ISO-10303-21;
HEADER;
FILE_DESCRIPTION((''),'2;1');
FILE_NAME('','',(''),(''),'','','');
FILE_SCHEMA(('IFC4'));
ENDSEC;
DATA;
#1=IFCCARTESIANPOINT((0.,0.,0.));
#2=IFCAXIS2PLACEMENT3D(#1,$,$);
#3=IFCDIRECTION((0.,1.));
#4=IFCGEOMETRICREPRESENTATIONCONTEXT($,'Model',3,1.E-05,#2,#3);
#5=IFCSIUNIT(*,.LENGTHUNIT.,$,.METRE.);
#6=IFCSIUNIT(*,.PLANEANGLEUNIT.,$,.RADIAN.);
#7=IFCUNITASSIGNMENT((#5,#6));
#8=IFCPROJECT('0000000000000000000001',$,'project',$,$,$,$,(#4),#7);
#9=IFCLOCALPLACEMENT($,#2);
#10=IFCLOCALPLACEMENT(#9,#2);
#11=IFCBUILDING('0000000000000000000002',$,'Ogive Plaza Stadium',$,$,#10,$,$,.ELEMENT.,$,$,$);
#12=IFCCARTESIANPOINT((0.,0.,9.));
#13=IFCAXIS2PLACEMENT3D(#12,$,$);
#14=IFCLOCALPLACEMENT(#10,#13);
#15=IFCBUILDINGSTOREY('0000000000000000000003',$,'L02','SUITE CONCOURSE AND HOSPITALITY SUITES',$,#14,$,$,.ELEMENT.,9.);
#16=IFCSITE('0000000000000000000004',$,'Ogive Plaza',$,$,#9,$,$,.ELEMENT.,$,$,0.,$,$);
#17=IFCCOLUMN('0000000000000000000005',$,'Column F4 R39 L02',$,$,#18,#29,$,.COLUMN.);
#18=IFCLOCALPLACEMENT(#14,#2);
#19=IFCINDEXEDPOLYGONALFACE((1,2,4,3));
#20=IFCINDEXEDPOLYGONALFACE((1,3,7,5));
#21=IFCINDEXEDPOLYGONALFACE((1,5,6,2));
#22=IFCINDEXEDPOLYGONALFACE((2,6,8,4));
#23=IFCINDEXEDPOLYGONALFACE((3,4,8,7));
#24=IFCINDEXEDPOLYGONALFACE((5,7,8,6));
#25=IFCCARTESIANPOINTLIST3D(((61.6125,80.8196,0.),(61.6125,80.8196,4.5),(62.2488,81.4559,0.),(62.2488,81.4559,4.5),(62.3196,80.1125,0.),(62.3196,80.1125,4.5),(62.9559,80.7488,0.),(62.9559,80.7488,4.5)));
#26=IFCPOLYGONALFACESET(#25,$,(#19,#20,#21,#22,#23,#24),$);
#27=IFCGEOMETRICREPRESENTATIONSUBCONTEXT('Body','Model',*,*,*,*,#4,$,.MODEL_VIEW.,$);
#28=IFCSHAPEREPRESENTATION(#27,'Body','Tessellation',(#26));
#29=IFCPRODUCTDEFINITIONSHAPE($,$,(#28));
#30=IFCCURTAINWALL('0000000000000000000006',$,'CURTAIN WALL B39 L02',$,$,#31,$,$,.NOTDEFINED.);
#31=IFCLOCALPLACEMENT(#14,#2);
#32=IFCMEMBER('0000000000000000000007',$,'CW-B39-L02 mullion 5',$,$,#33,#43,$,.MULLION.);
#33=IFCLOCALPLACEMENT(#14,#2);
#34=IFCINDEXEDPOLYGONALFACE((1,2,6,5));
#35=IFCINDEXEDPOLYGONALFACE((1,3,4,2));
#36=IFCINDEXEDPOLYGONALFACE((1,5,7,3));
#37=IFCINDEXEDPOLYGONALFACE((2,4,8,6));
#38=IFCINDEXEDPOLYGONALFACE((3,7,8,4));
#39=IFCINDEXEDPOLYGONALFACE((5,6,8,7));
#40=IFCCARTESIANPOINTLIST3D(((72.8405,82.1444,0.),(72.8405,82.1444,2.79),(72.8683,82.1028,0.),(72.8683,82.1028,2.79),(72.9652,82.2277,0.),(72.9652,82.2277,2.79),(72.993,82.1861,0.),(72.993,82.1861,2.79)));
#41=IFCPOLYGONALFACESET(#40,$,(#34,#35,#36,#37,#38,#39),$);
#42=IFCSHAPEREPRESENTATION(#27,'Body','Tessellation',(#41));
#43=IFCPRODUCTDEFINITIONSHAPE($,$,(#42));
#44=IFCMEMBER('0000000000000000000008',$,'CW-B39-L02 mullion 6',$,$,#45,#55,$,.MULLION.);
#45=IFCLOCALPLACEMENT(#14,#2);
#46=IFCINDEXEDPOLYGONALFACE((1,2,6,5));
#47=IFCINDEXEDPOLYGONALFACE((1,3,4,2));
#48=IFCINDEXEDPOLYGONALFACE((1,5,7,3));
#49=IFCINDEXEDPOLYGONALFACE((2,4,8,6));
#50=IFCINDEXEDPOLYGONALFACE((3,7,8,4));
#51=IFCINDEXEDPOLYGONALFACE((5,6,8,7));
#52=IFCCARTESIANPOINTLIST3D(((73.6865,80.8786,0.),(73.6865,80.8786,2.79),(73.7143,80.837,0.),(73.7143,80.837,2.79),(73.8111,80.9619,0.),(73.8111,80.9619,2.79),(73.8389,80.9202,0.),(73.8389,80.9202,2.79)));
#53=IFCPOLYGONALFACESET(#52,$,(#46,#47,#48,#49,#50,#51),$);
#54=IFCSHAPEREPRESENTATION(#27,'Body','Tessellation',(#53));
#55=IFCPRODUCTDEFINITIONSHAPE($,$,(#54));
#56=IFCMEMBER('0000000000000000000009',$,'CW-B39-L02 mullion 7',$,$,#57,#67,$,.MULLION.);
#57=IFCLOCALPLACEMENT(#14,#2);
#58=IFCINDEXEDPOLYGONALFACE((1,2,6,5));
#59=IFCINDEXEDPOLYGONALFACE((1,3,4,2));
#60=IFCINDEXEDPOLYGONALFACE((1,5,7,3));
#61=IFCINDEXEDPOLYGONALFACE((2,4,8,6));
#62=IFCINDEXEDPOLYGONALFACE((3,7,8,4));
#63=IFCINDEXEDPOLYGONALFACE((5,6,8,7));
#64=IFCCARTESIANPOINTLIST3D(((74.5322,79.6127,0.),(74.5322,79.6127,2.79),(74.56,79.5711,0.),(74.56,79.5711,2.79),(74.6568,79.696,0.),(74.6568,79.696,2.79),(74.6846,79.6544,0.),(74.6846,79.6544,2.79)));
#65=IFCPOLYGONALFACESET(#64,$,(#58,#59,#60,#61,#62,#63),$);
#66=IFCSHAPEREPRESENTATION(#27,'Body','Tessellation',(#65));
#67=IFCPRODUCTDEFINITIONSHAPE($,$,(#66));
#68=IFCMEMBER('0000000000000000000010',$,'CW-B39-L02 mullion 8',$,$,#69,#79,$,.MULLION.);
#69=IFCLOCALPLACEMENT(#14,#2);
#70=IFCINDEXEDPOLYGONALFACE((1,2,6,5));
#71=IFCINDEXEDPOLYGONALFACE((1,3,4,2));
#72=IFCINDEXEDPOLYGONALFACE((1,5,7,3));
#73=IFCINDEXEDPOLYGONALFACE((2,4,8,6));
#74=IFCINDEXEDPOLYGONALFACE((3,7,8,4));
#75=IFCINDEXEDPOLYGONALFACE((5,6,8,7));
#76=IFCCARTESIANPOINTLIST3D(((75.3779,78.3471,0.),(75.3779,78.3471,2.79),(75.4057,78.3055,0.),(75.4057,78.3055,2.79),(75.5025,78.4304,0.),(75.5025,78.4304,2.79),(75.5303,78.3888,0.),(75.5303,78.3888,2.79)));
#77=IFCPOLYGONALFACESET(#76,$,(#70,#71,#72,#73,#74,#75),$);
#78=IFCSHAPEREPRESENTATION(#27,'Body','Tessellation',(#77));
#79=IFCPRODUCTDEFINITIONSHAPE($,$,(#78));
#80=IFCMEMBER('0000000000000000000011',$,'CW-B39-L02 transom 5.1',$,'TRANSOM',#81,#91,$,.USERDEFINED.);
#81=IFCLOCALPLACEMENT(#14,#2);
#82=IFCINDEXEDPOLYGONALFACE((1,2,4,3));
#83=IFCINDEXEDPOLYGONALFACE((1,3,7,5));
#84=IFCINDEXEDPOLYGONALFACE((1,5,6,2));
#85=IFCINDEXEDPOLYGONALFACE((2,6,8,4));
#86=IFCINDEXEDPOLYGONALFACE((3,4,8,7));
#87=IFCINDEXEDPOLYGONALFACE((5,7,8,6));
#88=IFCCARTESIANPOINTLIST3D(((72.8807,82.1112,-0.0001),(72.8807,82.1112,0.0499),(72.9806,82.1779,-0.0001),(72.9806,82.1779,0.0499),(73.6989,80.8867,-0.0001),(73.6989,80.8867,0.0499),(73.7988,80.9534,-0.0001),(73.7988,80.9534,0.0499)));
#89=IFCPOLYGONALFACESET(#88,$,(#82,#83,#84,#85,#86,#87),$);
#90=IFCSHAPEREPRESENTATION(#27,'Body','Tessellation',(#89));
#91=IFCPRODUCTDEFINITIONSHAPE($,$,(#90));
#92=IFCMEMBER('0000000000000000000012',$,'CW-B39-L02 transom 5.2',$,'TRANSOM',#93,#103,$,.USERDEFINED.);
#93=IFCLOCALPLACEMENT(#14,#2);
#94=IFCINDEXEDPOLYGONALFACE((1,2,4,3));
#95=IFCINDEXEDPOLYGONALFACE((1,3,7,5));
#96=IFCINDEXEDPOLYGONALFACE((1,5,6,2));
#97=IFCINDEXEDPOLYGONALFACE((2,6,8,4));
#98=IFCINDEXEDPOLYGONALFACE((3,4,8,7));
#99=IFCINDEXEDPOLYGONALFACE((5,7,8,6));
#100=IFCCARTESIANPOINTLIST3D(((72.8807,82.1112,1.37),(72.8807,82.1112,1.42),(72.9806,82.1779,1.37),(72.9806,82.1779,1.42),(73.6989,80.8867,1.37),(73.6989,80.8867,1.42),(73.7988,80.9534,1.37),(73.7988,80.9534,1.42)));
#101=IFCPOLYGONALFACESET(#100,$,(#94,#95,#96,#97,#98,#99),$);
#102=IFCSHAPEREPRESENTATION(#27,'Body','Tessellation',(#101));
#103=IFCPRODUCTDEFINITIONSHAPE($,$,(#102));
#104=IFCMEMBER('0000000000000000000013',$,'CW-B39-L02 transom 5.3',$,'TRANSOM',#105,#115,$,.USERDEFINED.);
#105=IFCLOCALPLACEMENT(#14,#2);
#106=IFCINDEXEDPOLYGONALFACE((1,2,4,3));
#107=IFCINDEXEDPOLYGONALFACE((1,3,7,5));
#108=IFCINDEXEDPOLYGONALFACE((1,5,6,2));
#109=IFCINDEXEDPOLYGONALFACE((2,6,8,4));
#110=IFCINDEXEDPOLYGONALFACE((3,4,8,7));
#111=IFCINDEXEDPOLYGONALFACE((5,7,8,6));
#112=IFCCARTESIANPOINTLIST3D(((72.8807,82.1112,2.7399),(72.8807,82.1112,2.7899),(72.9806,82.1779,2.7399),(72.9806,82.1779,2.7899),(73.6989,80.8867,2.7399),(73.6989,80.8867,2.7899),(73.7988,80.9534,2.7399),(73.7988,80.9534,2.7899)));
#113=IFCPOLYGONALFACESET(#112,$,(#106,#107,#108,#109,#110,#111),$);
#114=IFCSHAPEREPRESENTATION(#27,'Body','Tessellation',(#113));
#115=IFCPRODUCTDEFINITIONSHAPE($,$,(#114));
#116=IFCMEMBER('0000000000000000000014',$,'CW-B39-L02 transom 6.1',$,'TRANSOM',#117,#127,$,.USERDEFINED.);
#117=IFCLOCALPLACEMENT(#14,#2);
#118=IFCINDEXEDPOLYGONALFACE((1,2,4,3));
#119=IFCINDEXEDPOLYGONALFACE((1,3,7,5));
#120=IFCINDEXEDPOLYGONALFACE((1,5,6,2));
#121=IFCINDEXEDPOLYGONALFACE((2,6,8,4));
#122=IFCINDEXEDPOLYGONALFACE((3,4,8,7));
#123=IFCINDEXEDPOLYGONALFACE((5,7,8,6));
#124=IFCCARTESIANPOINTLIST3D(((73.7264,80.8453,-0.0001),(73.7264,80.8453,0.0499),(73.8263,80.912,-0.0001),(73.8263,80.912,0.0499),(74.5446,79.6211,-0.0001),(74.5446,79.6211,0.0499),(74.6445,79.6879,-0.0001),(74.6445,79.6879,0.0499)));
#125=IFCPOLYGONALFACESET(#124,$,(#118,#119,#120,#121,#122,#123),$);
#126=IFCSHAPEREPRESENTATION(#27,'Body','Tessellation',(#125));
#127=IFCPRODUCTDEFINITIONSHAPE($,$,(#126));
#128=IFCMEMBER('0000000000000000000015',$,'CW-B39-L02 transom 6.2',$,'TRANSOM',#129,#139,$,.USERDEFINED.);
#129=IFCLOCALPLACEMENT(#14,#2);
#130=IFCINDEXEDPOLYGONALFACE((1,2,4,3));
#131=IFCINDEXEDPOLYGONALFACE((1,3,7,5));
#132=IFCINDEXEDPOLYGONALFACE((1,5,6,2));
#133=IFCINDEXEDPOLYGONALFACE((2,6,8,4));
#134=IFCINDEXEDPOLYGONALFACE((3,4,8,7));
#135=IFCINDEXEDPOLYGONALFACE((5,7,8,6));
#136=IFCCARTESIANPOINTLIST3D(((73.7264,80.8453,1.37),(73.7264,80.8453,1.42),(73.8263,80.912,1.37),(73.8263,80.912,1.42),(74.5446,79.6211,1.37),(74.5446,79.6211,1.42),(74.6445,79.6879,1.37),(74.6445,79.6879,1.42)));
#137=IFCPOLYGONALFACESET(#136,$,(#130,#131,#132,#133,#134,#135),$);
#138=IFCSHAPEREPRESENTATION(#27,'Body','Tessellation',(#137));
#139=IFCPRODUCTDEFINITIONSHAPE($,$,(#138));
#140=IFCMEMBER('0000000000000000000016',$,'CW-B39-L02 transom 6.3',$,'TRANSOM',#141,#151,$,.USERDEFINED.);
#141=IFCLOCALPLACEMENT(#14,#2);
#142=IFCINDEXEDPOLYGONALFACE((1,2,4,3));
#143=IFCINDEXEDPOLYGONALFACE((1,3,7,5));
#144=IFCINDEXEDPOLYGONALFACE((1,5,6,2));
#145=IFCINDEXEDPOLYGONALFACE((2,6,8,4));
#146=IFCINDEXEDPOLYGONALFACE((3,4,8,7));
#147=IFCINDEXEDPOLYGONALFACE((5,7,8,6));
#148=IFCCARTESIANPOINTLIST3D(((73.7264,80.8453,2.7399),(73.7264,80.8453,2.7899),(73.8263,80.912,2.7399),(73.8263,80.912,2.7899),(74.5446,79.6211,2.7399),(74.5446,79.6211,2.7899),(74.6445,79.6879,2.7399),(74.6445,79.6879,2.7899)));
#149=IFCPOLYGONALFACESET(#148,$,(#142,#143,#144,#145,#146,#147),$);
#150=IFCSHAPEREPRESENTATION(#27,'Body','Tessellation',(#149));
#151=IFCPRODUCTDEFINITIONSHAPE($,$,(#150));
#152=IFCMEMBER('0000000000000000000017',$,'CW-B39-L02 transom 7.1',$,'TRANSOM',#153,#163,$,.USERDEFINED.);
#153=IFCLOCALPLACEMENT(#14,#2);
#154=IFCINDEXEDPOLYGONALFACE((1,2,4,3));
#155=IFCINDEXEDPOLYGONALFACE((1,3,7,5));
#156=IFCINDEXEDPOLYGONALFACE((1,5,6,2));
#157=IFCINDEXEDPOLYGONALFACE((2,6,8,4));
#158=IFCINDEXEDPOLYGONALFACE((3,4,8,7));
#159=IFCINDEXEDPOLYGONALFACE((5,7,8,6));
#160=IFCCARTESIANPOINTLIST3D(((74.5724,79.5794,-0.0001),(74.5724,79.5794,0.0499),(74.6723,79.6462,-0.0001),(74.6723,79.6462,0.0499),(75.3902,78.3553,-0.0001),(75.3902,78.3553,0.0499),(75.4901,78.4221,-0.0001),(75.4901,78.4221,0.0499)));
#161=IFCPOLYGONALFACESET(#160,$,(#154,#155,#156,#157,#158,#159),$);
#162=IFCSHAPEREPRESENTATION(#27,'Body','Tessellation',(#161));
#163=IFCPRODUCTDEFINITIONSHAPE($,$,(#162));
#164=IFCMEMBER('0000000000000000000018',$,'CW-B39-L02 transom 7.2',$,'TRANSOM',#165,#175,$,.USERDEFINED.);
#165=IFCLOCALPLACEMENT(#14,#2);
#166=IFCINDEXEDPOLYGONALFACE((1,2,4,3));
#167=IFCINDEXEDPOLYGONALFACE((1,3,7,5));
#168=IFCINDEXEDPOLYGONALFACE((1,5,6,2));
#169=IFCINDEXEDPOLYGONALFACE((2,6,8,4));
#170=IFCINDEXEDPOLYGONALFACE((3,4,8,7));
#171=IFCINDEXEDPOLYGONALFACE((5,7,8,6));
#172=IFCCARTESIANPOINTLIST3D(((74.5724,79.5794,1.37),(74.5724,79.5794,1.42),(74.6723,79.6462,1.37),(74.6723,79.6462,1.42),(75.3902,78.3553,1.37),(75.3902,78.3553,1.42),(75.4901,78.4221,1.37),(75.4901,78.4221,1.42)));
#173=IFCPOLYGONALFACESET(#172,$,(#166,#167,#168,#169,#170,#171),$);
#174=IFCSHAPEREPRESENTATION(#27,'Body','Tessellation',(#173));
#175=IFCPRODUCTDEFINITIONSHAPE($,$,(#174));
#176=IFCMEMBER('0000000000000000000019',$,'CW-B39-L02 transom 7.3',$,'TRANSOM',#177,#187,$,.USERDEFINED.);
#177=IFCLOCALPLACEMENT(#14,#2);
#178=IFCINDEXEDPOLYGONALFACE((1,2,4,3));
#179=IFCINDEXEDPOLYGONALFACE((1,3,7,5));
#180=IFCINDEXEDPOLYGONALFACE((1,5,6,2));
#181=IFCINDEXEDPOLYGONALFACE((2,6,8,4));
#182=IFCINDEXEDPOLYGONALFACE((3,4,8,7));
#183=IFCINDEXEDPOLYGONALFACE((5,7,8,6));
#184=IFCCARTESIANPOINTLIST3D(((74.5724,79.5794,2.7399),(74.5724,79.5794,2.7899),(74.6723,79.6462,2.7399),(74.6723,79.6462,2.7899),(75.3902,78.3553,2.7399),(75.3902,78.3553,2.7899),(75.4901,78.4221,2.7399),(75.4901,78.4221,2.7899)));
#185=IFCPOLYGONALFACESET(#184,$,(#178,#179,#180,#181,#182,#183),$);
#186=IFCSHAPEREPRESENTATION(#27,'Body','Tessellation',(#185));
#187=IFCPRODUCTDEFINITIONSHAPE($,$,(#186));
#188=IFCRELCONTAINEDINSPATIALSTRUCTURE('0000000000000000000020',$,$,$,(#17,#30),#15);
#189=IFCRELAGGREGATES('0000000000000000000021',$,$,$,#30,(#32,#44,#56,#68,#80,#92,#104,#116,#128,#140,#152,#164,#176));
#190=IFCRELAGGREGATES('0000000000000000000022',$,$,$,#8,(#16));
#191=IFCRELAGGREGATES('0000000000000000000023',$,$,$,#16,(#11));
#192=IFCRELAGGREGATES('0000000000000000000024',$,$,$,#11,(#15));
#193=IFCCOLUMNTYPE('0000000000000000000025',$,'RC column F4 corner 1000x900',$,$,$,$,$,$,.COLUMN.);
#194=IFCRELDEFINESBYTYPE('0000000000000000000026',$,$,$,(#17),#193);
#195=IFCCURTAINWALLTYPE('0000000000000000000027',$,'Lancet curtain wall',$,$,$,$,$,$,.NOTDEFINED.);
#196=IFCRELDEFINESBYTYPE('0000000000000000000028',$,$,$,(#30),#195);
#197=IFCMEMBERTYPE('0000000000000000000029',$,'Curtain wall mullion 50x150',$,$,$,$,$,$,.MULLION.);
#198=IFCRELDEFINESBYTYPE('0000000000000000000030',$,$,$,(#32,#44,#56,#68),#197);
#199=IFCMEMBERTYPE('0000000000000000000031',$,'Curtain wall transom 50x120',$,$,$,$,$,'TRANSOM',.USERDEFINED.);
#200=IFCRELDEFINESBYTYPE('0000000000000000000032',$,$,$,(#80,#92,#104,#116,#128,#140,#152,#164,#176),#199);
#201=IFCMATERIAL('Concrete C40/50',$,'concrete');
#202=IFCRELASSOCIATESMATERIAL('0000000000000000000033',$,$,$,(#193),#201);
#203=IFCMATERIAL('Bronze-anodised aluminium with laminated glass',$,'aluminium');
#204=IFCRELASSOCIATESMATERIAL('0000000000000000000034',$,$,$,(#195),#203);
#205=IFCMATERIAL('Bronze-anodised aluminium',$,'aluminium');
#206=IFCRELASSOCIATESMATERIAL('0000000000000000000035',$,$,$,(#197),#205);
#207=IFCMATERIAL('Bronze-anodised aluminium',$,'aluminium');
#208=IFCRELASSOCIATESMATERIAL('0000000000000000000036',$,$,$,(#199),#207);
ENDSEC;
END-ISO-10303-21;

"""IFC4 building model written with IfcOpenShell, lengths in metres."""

from ifc_helpers import new_model, si_unit, direction, frame, origin, origin_2d, place, context, subcontext, project, spatial, rectangle, extrude, material, material_profile, profile_set, type_object, element, aggregate, save


model = new_model("IFC4")

# Units and contexts
model_context = context("Model", 3, precision=1e-05, world=origin(), true_north=direction((0.0, 1.0)))
body_context = subcontext(model_context, "Body", "Model", "MODEL_VIEW")
ifc_project = project(units=[si_unit("LENGTHUNIT", "METRE"), si_unit("PLANEANGLEUNIT", "RADIAN")], contexts=[model_context])

# Site, building, storey
site_placement = place(None, origin())
site = spatial("IfcSite", under=ifc_project, at=site_placement, Name="Ogive Plaza", CompositionType="ELEMENT", RefElevation=0.0)
building_placement = place(site_placement, origin())
building = spatial("IfcBuilding", under=site, at=building_placement, Name="Ogive Plaza Stadium", CompositionType="ELEMENT")
storey_placement = place(building_placement, frame((0.0, 0.0, 9.0)))
storey = spatial("IfcBuildingStorey", under=building, at=storey_placement, Name="L02", Description="SUITE CONCOURSE AND HOSPITALITY SUITES", CompositionType="ELEMENT", Elevation=9.0)

# Column
ifc_material_1 = material(Name="Concrete C40/50", Category="concrete")
ifc_material_profile_1 = material_profile(ifc_material_1, rectangle(XDim=1.0, YDim=0.8999, at=origin_2d()), Name="RC 1000x900")
ifc_profile_set_1 = profile_set([ifc_material_profile_1], Name="Concrete C40/50")
column_type = type_object("IfcColumnType", Name="RC column F4 corner 1000x900", PredefinedType="COLUMN", material=ifc_profile_set_1)
column_placement = place(storey_placement, frame((62.2842, 80.7842, 0.0), z_axis=(0.0, 0.0, 1.0), x_axis=(-0.707107, 0.707107, 0.0)))
element("IfcColumn", 1, at=column_placement, inside=storey, type_object=column_type, Name="Column F4 R39 L02", PredefinedType="COLUMN", context=body_context, shape_type="SweptSolid", body=[
    extrude(rectangle(XDim=1.0, YDim=0.8999, at=origin_2d()), origin(), (0.0, 0.0, 1.0), 4.5),
])

# Curtain wall, members
ifc_material_2 = material(Name="Bronze-anodised aluminium with laminated glass", Category="aluminium")
curtain_wall_type = type_object("IfcCurtainWallType", Name="Lancet curtain wall", PredefinedType="NOTDEFINED", material=ifc_material_2)
curtain_wall_placement = place(storey_placement, origin())
curtain_wall = element("IfcCurtainWall", 2, at=curtain_wall_placement, inside=storey, type_object=curtain_wall_type, Name="CURTAIN WALL B39 L02", PredefinedType="NOTDEFINED")
ifc_material_3 = material(Name="Bronze-anodised aluminium", Category="aluminium")
ifc_material_profile_2 = material_profile(ifc_material_3, rectangle(XDim=0.1499, YDim=0.05, at=origin_2d()), Name="AL 150x50")
ifc_profile_set_2 = profile_set([ifc_material_profile_2], Name="Bronze-anodised aluminium")
member_type_1 = type_object("IfcMemberType", Name="Curtain wall mullion 50x150", PredefinedType="MULLION", material=ifc_profile_set_2)
member_1_placement = place(storey_placement, frame((72.9167, 82.1653, 0.0), z_axis=(0.0, 0.0, 1.0), x_axis=(0.83147, 0.55557, 0.0)))
member_1 = element("IfcMember", 3, at=member_1_placement, type_object=member_type_1, Name="CW-B39-L02 mullion 5", PredefinedType="MULLION", context=body_context, shape_type="SweptSolid", body=[
    extrude(rectangle(XDim=0.1499, YDim=0.05, at=origin_2d()), origin(), (0.0, 0.0, 1.0), 2.79),
])
member_2_placement = place(storey_placement, frame((73.7627, 80.8994, 0.0), z_axis=(0.0, 0.0, 1.0), x_axis=(0.83147, 0.55557, 0.0)))
member_2 = element("IfcMember", 4, at=member_2_placement, type_object=member_type_1, Name="CW-B39-L02 mullion 6", PredefinedType="MULLION", context=body_context, shape_type="SweptSolid", body=[
    extrude(rectangle(XDim=0.1499, YDim=0.05, at=origin_2d()), origin(), (0.0, 0.0, 1.0), 2.79),
])
member_3_placement = place(storey_placement, frame((74.6084, 79.6335, 0.0), z_axis=(0.0, 0.0, 1.0), x_axis=(0.83147, 0.55557, 0.0)))
member_3 = element("IfcMember", 5, at=member_3_placement, type_object=member_type_1, Name="CW-B39-L02 mullion 7", PredefinedType="MULLION", context=body_context, shape_type="SweptSolid", body=[
    extrude(rectangle(XDim=0.1499, YDim=0.05, at=origin_2d()), origin(), (0.0, 0.0, 1.0), 2.79),
])
member_4_placement = place(storey_placement, frame((75.4541, 78.3679, 0.0), z_axis=(0.0, 0.0, 1.0), x_axis=(0.83147, 0.55557, 0.0)))
member_4 = element("IfcMember", 6, at=member_4_placement, type_object=member_type_1, Name="CW-B39-L02 mullion 8", PredefinedType="MULLION", context=body_context, shape_type="SweptSolid", body=[
    extrude(rectangle(XDim=0.1499, YDim=0.05, at=origin_2d()), origin(), (0.0, 0.0, 1.0), 2.79),
])
ifc_material_4 = material(Name="Bronze-anodised aluminium", Category="aluminium")
ifc_material_profile_3 = material_profile(ifc_material_4, rectangle(XDim=0.1201, YDim=0.05, at=origin_2d()), Name="AL 120x50")
ifc_profile_set_3 = profile_set([ifc_material_profile_3], Name="Bronze-anodised aluminium")
member_type_2 = type_object("IfcMemberType", Name="Curtain wall transom 50x120", ElementType="TRANSOM", PredefinedType="USERDEFINED", material=ifc_profile_set_3)
member_5_placement = place(storey_placement, frame((72.9307, 82.1445, 0.0249), z_axis=(0.55558, -0.831463, 0.0), x_axis=(0.831463, 0.55558, 0.0)))
member_5 = element("IfcMember", 7, at=member_5_placement, type_object=member_type_2, Name="CW-B39-L02 transom 5.1", ObjectType="TRANSOM", PredefinedType="USERDEFINED", context=body_context, shape_type="SweptSolid", body=[
    extrude(rectangle(XDim=0.1201, YDim=0.05, at=origin_2d()), origin(), (0.0, 0.0, 1.0), 1.4727),
])
member_6_placement = place(storey_placement, frame((72.9307, 82.1445, 1.395), z_axis=(0.55558, -0.831463, 0.0), x_axis=(0.831463, 0.55558, 0.0)))
member_6 = element("IfcMember", 8, at=member_6_placement, type_object=member_type_2, Name="CW-B39-L02 transom 5.2", ObjectType="TRANSOM", PredefinedType="USERDEFINED", context=body_context, shape_type="SweptSolid", body=[
    extrude(rectangle(XDim=0.1201, YDim=0.05, at=origin_2d()), origin(), (0.0, 0.0, 1.0), 1.4727),
])
member_7_placement = place(storey_placement, frame((72.9307, 82.1445, 2.7649), z_axis=(0.55558, -0.831463, 0.0), x_axis=(0.831463, 0.55558, 0.0)))
member_7 = element("IfcMember", 9, at=member_7_placement, type_object=member_type_2, Name="CW-B39-L02 transom 5.3", ObjectType="TRANSOM", PredefinedType="USERDEFINED", context=body_context, shape_type="SweptSolid", body=[
    extrude(rectangle(XDim=0.1201, YDim=0.05, at=origin_2d()), origin(), (0.0, 0.0, 1.0), 1.4727),
])
member_8_placement = place(storey_placement, frame((73.7764, 80.8787, 0.0249), z_axis=(0.555656, -0.831412, 0.0), x_axis=(0.831412, 0.555656, 0.0)))
member_8 = element("IfcMember", 10, at=member_8_placement, type_object=member_type_2, Name="CW-B39-L02 transom 6.1", ObjectType="TRANSOM", PredefinedType="USERDEFINED", context=body_context, shape_type="SweptSolid", body=[
    extrude(rectangle(XDim=0.1201, YDim=0.05, at=origin_2d()), origin(), (0.0, 0.0, 1.0), 1.4724),
])
member_9_placement = place(storey_placement, frame((73.7764, 80.8787, 1.395), z_axis=(0.555656, -0.831412, 0.0), x_axis=(0.831412, 0.555656, 0.0)))
member_9 = element("IfcMember", 11, at=member_9_placement, type_object=member_type_2, Name="CW-B39-L02 transom 6.2", ObjectType="TRANSOM", PredefinedType="USERDEFINED", context=body_context, shape_type="SweptSolid", body=[
    extrude(rectangle(XDim=0.1201, YDim=0.05, at=origin_2d()), origin(), (0.0, 0.0, 1.0), 1.4724),
])
member_10_placement = place(storey_placement, frame((73.7764, 80.8787, 2.7649), z_axis=(0.555656, -0.831412, 0.0), x_axis=(0.831412, 0.555656, 0.0)))
member_10 = element("IfcMember", 12, at=member_10_placement, type_object=member_type_2, Name="CW-B39-L02 transom 6.3", ObjectType="TRANSOM", PredefinedType="USERDEFINED", context=body_context, shape_type="SweptSolid", body=[
    extrude(rectangle(XDim=0.1201, YDim=0.05, at=origin_2d()), origin(), (0.0, 0.0, 1.0), 1.4724),
])
member_11_placement = place(storey_placement, frame((74.6223, 79.6128, 0.0249), z_axis=(0.555542, -0.831489, 0.0), x_axis=(0.831489, 0.555542, 0.0)))
member_11 = element("IfcMember", 13, at=member_11_placement, type_object=member_type_2, Name="CW-B39-L02 transom 7.1", ObjectType="TRANSOM", PredefinedType="USERDEFINED", context=body_context, shape_type="SweptSolid", body=[
    extrude(rectangle(XDim=0.1201, YDim=0.05, at=origin_2d()), origin(), (0.0, 0.0, 1.0), 1.4722),
])
member_12_placement = place(storey_placement, frame((74.6223, 79.6128, 1.395), z_axis=(0.555542, -0.831489, 0.0), x_axis=(0.831489, 0.555542, 0.0)))
member_12 = element("IfcMember", 14, at=member_12_placement, type_object=member_type_2, Name="CW-B39-L02 transom 7.2", ObjectType="TRANSOM", PredefinedType="USERDEFINED", context=body_context, shape_type="SweptSolid", body=[
    extrude(rectangle(XDim=0.1201, YDim=0.05, at=origin_2d()), origin(), (0.0, 0.0, 1.0), 1.4722),
])
member_13_placement = place(storey_placement, frame((74.6223, 79.6128, 2.7649), z_axis=(0.555542, -0.831489, 0.0), x_axis=(0.831489, 0.555542, 0.0)))
member_13 = element("IfcMember", 15, at=member_13_placement, type_object=member_type_2, Name="CW-B39-L02 transom 7.3", ObjectType="TRANSOM", PredefinedType="USERDEFINED", context=body_context, shape_type="SweptSolid", body=[
    extrude(rectangle(XDim=0.1201, YDim=0.05, at=origin_2d()), origin(), (0.0, 0.0, 1.0), 1.4722),
])

aggregate(curtain_wall, [member_1, member_2, member_3, member_4, member_5, member_6, member_7, member_8, member_9, member_10, member_11, member_12, member_13])

save(model, "model.ifc")
